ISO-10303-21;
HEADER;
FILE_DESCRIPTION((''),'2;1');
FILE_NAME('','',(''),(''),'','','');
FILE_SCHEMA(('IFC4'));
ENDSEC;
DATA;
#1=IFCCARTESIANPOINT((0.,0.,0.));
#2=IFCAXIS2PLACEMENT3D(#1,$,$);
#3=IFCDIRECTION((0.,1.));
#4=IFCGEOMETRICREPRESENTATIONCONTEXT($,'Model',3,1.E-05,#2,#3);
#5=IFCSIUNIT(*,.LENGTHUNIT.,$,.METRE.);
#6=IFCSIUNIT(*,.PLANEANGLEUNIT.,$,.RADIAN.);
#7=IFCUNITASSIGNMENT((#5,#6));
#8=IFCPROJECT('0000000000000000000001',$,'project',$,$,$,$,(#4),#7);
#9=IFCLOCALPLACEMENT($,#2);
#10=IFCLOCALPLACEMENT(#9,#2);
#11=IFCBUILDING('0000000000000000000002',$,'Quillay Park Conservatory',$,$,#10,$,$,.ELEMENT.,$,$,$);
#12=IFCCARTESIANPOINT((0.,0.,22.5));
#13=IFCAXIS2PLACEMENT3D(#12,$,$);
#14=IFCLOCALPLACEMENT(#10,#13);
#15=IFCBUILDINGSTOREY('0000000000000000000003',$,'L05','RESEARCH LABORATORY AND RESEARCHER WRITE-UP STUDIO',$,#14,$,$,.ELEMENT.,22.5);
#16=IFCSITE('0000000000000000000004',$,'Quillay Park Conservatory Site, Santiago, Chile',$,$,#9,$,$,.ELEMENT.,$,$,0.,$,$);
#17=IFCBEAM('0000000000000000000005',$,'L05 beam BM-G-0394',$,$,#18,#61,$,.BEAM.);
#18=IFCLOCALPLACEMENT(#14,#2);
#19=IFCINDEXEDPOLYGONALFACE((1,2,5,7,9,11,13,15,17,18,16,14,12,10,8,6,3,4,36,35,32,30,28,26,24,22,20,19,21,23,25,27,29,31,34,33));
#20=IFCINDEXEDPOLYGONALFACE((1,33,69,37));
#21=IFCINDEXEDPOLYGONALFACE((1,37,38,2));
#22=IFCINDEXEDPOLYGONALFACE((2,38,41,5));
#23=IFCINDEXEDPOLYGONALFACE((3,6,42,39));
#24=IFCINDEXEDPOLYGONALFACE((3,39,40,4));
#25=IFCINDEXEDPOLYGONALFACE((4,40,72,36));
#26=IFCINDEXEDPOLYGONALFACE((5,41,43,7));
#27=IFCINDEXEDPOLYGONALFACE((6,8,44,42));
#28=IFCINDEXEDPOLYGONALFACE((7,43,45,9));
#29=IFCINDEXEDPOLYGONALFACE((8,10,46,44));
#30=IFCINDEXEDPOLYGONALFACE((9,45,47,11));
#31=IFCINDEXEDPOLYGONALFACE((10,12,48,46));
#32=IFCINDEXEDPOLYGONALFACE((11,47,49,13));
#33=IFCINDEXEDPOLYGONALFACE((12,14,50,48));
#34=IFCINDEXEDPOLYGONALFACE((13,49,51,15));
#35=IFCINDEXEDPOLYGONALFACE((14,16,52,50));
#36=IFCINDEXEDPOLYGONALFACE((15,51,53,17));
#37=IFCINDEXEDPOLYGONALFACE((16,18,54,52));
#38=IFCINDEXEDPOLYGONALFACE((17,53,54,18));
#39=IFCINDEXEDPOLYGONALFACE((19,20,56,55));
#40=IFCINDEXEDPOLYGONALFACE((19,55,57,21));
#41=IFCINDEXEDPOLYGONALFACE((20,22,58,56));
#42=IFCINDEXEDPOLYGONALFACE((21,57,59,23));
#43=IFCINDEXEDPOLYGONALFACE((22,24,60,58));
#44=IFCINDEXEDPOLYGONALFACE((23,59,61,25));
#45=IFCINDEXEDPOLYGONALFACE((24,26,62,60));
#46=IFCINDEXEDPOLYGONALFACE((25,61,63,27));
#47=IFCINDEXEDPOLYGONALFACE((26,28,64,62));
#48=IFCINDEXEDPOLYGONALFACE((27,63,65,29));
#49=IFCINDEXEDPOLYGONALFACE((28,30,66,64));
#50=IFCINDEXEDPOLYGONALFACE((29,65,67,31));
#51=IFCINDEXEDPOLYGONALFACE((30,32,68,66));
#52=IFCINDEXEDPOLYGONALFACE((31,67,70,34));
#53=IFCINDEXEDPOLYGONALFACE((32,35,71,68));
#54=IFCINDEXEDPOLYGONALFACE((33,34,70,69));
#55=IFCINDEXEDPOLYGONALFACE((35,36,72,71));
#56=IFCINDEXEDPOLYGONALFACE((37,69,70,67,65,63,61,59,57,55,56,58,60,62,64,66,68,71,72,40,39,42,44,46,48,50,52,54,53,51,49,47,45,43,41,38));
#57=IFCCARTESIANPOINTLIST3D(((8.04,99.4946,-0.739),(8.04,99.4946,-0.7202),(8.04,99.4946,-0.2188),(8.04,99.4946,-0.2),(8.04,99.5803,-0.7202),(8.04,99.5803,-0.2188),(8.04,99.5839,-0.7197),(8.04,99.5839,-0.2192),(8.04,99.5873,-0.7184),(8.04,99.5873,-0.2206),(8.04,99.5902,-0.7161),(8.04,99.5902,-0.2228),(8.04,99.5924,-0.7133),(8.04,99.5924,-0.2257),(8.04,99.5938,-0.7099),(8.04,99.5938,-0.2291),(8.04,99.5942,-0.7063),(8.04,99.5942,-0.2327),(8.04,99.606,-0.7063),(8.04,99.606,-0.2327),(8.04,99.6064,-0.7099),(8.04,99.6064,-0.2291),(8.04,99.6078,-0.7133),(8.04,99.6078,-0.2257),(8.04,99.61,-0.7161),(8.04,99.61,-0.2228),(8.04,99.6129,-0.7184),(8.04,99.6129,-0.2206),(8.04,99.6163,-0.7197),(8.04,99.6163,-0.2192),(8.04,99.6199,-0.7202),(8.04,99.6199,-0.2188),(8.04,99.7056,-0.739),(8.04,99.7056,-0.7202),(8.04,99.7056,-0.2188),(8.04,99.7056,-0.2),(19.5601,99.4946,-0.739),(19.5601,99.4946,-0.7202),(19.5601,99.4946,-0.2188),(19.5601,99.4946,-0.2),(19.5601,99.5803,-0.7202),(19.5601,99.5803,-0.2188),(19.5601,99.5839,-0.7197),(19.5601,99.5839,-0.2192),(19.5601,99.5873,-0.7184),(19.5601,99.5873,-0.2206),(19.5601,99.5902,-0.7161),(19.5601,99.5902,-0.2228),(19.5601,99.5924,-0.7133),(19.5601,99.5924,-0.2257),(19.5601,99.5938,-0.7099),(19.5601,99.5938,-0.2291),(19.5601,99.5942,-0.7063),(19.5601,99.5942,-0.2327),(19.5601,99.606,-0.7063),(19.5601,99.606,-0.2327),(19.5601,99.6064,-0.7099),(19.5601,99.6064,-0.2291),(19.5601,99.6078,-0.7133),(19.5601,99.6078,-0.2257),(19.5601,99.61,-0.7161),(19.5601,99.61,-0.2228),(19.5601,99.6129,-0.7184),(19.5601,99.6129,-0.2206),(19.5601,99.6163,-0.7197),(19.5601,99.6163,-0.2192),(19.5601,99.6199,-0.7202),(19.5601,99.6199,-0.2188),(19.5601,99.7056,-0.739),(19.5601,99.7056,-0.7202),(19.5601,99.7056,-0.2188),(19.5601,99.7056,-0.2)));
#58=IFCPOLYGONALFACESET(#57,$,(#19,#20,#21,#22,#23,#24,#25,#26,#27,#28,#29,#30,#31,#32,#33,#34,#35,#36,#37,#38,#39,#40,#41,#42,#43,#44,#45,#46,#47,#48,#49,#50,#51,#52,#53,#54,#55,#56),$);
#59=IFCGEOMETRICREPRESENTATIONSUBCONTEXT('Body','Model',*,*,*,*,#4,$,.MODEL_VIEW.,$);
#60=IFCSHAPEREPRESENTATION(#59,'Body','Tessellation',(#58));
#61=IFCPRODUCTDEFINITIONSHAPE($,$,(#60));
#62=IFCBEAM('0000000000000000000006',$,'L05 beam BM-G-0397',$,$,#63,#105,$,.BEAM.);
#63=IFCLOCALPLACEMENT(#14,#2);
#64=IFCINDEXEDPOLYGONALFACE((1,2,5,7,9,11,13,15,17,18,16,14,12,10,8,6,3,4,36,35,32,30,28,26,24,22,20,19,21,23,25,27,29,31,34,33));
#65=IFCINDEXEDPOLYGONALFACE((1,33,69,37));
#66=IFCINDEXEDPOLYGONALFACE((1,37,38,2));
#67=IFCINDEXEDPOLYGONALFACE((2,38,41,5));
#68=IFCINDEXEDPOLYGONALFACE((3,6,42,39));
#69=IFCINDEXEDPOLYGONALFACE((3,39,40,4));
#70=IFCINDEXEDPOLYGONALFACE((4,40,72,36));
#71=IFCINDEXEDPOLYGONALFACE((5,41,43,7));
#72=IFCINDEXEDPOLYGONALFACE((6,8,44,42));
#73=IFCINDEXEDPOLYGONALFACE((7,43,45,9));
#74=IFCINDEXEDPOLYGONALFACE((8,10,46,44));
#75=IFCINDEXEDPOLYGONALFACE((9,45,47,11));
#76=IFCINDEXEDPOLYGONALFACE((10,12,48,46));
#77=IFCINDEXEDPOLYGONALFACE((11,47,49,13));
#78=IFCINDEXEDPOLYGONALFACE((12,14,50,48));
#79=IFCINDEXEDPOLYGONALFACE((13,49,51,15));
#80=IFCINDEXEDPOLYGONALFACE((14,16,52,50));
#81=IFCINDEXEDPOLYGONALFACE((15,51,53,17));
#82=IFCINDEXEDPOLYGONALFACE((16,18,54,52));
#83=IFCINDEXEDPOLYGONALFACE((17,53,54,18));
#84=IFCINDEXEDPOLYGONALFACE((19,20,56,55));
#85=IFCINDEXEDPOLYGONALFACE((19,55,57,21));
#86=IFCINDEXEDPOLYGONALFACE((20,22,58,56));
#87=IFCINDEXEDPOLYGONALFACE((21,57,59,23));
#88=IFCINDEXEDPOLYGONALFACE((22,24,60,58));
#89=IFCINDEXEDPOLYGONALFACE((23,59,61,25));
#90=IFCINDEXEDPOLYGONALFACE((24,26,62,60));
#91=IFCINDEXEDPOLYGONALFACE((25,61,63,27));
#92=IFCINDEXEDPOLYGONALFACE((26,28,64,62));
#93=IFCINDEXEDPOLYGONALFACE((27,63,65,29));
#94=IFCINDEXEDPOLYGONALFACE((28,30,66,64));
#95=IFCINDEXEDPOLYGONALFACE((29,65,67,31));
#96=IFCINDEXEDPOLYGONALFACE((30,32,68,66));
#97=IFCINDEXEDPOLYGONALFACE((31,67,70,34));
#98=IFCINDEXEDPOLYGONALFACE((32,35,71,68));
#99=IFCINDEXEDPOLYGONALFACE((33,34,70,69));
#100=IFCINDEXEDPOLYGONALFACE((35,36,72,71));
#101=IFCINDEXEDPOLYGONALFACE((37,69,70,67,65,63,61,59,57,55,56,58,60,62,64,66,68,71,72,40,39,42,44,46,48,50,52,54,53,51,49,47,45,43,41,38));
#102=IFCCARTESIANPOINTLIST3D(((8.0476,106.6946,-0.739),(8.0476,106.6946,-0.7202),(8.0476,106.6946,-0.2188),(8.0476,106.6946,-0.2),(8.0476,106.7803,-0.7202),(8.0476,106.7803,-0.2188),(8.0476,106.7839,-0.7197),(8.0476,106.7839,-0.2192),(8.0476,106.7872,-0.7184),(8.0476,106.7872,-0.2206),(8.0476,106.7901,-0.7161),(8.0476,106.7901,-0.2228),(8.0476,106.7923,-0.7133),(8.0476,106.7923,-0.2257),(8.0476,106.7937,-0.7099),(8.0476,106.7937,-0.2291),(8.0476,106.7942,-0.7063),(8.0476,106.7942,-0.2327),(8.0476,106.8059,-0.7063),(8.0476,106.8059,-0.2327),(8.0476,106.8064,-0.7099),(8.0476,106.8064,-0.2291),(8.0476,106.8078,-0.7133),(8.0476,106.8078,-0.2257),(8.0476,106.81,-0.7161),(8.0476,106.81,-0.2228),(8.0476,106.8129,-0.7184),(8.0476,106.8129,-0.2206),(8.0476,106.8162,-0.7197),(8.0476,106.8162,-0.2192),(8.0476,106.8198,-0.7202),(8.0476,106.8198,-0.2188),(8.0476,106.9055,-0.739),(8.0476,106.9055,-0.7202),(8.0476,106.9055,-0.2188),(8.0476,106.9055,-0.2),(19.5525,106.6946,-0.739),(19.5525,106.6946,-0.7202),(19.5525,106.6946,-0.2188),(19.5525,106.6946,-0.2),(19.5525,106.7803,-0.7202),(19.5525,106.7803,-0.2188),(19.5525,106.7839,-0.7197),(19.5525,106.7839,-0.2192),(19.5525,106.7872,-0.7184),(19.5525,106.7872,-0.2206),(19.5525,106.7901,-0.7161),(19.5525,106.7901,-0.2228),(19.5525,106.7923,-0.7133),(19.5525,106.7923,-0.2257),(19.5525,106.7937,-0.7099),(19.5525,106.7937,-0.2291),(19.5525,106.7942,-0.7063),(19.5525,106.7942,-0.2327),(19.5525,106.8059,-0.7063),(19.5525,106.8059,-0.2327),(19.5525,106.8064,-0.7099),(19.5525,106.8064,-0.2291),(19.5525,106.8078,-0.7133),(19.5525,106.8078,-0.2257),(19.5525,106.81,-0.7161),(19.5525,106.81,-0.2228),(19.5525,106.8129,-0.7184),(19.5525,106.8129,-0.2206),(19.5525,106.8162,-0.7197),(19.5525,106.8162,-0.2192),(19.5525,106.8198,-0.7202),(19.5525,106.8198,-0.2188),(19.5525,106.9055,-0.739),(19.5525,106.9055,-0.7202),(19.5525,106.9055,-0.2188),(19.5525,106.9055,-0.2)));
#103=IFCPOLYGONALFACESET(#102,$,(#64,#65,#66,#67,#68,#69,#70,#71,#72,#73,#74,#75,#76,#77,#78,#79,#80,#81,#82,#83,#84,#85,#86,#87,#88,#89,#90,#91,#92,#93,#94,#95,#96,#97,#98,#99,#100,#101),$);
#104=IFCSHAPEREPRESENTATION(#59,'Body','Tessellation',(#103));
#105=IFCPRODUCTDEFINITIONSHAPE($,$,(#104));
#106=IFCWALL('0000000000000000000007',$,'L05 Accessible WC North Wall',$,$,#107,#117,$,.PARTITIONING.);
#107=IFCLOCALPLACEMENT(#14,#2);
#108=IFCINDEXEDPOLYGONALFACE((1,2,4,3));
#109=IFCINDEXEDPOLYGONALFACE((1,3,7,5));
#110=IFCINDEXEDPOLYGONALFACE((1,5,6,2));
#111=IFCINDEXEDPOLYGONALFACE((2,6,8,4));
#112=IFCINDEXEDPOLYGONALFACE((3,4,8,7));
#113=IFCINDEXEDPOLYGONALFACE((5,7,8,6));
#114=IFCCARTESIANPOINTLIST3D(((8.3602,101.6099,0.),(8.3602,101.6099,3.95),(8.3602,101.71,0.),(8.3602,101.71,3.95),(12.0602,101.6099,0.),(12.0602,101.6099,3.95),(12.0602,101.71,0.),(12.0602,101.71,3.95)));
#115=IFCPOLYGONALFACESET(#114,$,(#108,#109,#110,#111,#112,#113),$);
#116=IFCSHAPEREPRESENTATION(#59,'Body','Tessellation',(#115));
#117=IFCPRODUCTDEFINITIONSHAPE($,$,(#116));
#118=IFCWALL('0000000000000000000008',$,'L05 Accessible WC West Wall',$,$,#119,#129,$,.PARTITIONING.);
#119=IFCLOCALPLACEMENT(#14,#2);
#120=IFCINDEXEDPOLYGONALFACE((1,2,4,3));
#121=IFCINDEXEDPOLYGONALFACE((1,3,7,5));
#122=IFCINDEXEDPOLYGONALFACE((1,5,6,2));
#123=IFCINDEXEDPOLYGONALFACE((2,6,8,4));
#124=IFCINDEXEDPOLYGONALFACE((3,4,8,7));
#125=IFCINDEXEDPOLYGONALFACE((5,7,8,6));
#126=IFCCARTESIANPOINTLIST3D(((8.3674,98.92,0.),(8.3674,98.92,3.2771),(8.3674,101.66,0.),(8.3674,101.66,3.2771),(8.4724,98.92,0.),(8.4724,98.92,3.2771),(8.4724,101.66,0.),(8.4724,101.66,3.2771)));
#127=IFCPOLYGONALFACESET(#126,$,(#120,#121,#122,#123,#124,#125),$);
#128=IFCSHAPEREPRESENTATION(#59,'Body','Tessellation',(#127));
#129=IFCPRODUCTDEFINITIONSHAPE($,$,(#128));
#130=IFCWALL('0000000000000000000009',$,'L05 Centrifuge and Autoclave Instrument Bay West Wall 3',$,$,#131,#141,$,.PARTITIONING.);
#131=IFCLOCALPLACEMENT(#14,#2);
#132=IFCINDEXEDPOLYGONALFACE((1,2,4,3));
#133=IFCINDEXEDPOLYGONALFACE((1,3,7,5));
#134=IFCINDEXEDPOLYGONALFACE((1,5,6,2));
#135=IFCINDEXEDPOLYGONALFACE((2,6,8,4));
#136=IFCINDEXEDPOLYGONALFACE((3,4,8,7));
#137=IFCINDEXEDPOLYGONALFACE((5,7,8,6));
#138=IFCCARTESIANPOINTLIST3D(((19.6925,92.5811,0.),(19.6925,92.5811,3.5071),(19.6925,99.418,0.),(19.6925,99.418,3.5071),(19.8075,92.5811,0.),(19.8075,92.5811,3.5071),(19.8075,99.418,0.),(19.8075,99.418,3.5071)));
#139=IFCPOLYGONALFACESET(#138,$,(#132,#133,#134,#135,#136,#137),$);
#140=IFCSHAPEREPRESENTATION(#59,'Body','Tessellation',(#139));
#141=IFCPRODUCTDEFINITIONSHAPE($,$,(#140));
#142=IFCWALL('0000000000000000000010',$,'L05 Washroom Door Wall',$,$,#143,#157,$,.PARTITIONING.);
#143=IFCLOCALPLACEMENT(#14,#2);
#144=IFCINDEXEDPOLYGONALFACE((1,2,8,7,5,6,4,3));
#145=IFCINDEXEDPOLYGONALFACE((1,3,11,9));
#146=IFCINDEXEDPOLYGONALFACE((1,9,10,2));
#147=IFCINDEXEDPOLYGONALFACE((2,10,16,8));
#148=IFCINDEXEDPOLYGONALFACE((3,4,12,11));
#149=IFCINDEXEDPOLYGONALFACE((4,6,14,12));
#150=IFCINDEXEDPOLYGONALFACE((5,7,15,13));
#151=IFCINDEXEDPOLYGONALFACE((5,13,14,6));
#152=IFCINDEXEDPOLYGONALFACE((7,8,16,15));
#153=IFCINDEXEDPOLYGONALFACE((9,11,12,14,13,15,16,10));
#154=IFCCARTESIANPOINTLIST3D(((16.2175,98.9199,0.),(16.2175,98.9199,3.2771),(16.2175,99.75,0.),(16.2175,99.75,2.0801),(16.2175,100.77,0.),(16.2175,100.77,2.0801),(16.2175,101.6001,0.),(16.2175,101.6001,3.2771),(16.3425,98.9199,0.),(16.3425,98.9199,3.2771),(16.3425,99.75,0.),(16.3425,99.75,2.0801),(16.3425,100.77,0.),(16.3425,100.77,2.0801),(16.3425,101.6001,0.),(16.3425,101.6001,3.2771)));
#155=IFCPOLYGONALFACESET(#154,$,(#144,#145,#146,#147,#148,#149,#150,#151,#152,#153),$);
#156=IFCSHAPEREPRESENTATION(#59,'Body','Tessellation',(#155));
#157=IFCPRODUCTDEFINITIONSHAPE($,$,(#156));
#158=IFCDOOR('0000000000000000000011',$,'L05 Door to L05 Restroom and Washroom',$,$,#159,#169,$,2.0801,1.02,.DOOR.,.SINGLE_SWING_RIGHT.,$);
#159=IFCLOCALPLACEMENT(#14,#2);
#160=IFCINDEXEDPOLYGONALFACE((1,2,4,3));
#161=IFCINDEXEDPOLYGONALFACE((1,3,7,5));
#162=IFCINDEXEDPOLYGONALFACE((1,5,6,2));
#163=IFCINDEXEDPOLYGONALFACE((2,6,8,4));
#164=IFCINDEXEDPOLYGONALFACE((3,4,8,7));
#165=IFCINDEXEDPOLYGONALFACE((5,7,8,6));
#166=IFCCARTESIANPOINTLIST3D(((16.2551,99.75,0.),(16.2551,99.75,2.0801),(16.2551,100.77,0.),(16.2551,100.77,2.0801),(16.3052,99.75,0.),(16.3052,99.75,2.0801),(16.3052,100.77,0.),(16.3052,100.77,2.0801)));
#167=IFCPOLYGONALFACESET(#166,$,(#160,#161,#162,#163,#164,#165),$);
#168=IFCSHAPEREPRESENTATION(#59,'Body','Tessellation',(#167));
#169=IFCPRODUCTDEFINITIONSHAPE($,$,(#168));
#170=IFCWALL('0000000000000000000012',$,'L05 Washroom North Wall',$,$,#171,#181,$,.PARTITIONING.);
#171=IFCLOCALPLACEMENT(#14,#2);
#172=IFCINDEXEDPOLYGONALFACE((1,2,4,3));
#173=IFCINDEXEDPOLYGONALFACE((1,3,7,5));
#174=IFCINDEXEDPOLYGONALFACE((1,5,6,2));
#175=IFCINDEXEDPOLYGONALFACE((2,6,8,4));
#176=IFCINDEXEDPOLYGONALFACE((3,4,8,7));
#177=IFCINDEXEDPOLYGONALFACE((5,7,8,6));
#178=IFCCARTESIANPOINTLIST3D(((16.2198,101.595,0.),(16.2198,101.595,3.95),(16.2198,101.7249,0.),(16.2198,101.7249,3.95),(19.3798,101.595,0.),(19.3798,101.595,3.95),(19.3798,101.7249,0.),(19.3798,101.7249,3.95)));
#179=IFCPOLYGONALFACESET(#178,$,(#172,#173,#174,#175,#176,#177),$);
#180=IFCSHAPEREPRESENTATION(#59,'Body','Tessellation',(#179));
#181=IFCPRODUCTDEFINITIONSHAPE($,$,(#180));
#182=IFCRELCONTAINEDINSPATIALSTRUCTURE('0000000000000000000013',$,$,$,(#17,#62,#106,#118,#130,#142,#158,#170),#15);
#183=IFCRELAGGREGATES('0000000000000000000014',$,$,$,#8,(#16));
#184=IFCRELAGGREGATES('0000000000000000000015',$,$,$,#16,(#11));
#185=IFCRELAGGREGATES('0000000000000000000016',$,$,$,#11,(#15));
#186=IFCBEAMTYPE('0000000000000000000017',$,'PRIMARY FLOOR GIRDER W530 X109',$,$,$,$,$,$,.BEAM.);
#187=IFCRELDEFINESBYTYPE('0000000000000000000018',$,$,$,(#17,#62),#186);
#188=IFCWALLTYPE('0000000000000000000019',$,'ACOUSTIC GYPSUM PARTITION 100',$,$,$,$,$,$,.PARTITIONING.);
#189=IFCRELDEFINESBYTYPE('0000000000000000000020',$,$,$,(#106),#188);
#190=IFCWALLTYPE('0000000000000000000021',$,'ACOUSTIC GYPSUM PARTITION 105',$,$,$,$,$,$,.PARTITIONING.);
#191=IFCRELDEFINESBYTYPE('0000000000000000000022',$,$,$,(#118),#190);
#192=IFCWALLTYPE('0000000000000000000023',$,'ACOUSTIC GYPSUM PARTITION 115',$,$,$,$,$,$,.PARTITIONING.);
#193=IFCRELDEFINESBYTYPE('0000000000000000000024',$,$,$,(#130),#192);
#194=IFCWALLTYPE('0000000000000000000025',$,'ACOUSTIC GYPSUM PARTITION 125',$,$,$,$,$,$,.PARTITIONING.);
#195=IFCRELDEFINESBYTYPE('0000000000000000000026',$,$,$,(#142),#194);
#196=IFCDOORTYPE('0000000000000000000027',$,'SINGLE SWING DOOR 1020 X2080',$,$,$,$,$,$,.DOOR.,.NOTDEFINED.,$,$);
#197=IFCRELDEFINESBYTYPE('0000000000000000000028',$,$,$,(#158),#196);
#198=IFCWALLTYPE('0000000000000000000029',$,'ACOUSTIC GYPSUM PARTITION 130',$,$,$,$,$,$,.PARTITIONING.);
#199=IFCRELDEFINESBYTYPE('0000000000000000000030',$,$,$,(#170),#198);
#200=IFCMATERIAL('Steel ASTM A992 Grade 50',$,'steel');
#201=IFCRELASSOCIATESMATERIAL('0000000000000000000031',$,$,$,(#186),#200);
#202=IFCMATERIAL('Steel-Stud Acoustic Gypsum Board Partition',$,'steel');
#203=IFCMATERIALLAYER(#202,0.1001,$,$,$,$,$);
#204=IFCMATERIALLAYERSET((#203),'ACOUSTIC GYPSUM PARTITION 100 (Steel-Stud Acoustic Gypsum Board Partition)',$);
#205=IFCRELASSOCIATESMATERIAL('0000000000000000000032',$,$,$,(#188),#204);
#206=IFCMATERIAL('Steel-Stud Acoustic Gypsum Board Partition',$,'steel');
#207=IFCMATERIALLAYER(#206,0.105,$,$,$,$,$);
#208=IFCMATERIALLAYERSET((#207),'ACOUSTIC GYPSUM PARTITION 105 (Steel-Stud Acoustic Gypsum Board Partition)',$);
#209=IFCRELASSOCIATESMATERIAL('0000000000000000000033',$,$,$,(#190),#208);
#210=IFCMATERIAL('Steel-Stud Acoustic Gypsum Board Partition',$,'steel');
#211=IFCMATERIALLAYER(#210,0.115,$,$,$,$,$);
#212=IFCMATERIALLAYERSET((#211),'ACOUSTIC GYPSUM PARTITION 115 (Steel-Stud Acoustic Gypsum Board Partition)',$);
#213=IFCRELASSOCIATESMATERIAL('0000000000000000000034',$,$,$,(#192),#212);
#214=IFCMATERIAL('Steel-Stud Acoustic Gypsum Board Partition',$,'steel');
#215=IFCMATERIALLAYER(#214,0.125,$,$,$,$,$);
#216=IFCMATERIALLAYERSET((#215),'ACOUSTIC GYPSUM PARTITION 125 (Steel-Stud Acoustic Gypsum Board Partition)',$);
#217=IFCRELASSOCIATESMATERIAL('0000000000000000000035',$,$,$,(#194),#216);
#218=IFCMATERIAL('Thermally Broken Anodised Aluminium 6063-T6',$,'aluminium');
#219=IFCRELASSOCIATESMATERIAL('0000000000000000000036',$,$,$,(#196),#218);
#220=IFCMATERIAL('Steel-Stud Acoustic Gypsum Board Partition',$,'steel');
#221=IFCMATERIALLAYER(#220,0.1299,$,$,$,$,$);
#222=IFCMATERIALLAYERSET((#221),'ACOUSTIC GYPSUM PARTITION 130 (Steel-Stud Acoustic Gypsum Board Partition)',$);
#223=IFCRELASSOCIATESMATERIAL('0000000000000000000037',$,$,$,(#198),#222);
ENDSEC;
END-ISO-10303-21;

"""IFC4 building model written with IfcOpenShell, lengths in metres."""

from ifc_helpers import new_model, si_unit, direction, frame, frame_2d, origin, origin_2d, place, context, subcontext, project, spatial, rectangle, i_section, extrude, material, layer, layer_set, material_profile, profile_set, type_object, element, fill, save


model = new_model("IFC4")

# Units and contexts
model_context = context("Model", 3, precision=1e-05, world=origin(), true_north=direction((0.0, 1.0)))
body_context = subcontext(model_context, "Body", "Model", "MODEL_VIEW")
ifc_project = project(units=[si_unit("LENGTHUNIT", "METRE"), si_unit("PLANEANGLEUNIT", "RADIAN")], contexts=[model_context])

# Site, building, storey
site_placement = place(None, origin())
site = spatial("IfcSite", under=ifc_project, at=site_placement, Name="Quillay Park Conservatory Site, Santiago, Chile", CompositionType="ELEMENT", RefElevation=0.0)
building_placement = place(site_placement, origin())
building = spatial("IfcBuilding", under=site, at=building_placement, Name="Quillay Park Conservatory", CompositionType="ELEMENT")
storey_placement = place(building_placement, frame((0.0, 0.0, 22.5)))
storey = spatial("IfcBuildingStorey", under=building, at=storey_placement, Name="L05", Description="RESEARCH LABORATORY AND RESEARCHER WRITE-UP STUDIO", CompositionType="ELEMENT", Elevation=22.5)

# Beams
ifc_material_1 = material(Name="Steel ASTM A992 Grade 50", Category="steel")
ifc_material_profile = material_profile(ifc_material_1, i_section(OverallWidth=0.2109, OverallDepth=0.5391, WebThickness=0.0117, FlangeThickness=0.0188, FilletRadius=0.0139, at=origin_2d()), Name="W530x109")
ifc_profile_set = profile_set([ifc_material_profile], Name="Steel ASTM A992 Grade 50")
beam_type = type_object("IfcBeamType", Name="PRIMARY FLOOR GIRDER W530 X109", PredefinedType="BEAM", material=ifc_profile_set)
beam_1_placement = place(storey_placement, frame((8.04, 99.6001, -0.4695), z_axis=(1.0, 0.0, 0.0), x_axis=(0.0, 1.0, 0.0)))
element("IfcBeam", 1, at=beam_1_placement, inside=storey, type_object=beam_type, Name="L05 beam BM-G-0394", PredefinedType="BEAM", context=body_context, shape_type="SweptSolid", body=[
    extrude(i_section(OverallWidth=0.2109, OverallDepth=0.5391, WebThickness=0.0117, FlangeThickness=0.0188, FilletRadius=0.0139, at=origin_2d()), origin(), (0.0, 0.0, 1.0), 11.52),
])
beam_2_placement = place(storey_placement, frame((8.0476, 106.8, -0.4695), z_axis=(1.0, 0.0, 0.0), x_axis=(0.0, 1.0, 0.0)))
element("IfcBeam", 2, at=beam_2_placement, inside=storey, type_object=beam_type, Name="L05 beam BM-G-0397", PredefinedType="BEAM", context=body_context, shape_type="SweptSolid", body=[
    extrude(i_section(OverallWidth=0.2109, OverallDepth=0.5391, WebThickness=0.0117, FlangeThickness=0.0188, FilletRadius=0.0139, at=origin_2d()), origin(), (0.0, 0.0, 1.0), 11.5049),
])

# Walls
ifc_material_2 = material(Name="Steel-Stud Acoustic Gypsum Board Partition", Category="steel")
ifc_layer_1 = layer(ifc_material_2, 0.1001)
ifc_layer_set_1 = layer_set([ifc_layer_1], Name="ACOUSTIC GYPSUM PARTITION 100 (Steel-Stud Acoustic Gypsum Board Partition)")
wall_type_1 = type_object("IfcWallType", Name="ACOUSTIC GYPSUM PARTITION 100", PredefinedType="PARTITIONING", material=ifc_layer_set_1)
wall_1_placement = place(storey_placement, frame((8.3601, 101.6599, 0.0), z_axis=(0.0, 0.0, 1.0), x_axis=(1.0, 0.0, 0.0)))
element("IfcWall", 3, at=wall_1_placement, inside=storey, type_object=wall_type_1, Name="L05 Accessible WC North Wall", PredefinedType="PARTITIONING", context=body_context, shape_type="SweptSolid", body=[
    extrude(rectangle(XDim=3.7, YDim=0.1001, at=frame_2d((1.8501, 0.0))), origin(), (0.0, 0.0, 1.0), 3.95),
])
ifc_material_3 = material(Name="Steel-Stud Acoustic Gypsum Board Partition", Category="steel")
ifc_layer_2 = layer(ifc_material_3, 0.105)
ifc_layer_set_2 = layer_set([ifc_layer_2], Name="ACOUSTIC GYPSUM PARTITION 105 (Steel-Stud Acoustic Gypsum Board Partition)")
wall_type_2 = type_object("IfcWallType", Name="ACOUSTIC GYPSUM PARTITION 105", PredefinedType="PARTITIONING", material=ifc_layer_set_2)
wall_2_placement = place(storey_placement, frame((8.4199, 98.9199, 0.0), z_axis=(0.0, 0.0, 1.0), x_axis=(0.0, 1.0, 0.0)))
element("IfcWall", 4, at=wall_2_placement, inside=storey, type_object=wall_type_2, Name="L05 Accessible WC West Wall", PredefinedType="PARTITIONING", context=body_context, shape_type="SweptSolid", body=[
    extrude(rectangle(XDim=2.74, YDim=0.105, at=frame_2d((1.3701, 0.0))), origin(), (0.0, 0.0, 1.0), 3.2771),
])
ifc_material_4 = material(Name="Steel-Stud Acoustic Gypsum Board Partition", Category="steel")
ifc_layer_3 = layer(ifc_material_4, 0.115)
ifc_layer_set_3 = layer_set([ifc_layer_3], Name="ACOUSTIC GYPSUM PARTITION 115 (Steel-Stud Acoustic Gypsum Board Partition)")
wall_type_3 = type_object("IfcWallType", Name="ACOUSTIC GYPSUM PARTITION 115", PredefinedType="PARTITIONING", material=ifc_layer_set_3)
wall_3_placement = place(storey_placement, frame((19.75, 92.5811, 0.0), z_axis=(0.0, 0.0, 1.0), x_axis=(0.0, 1.0, 0.0)))
element("IfcWall", 5, at=wall_3_placement, inside=storey, type_object=wall_type_3, Name="L05 Centrifuge and Autoclave Instrument Bay West Wall 3", PredefinedType="PARTITIONING", context=body_context, shape_type="SweptSolid", body=[
    extrude(rectangle(XDim=6.8369, YDim=0.115, at=frame_2d((3.4185, 0.0))), origin(), (0.0, 0.0, 1.0), 3.5071),
])

# Wall, opening, door
ifc_material_5 = material(Name="Steel-Stud Acoustic Gypsum Board Partition", Category="steel")
ifc_layer_4 = layer(ifc_material_5, 0.125)
ifc_layer_set_4 = layer_set([ifc_layer_4], Name="ACOUSTIC GYPSUM PARTITION 125 (Steel-Stud Acoustic Gypsum Board Partition)")
wall_type_4 = type_object("IfcWallType", Name="ACOUSTIC GYPSUM PARTITION 125", PredefinedType="PARTITIONING", material=ifc_layer_set_4)
wall_4_placement = place(storey_placement, frame((16.28, 98.9199, 0.0), z_axis=(0.0, 0.0, 1.0), x_axis=(0.0, 1.0, 0.0)))
wall_4 = element("IfcWall", 6, at=wall_4_placement, inside=storey, type_object=wall_type_4, Name="L05 Washroom Door Wall", PredefinedType="PARTITIONING", context=body_context, shape_type="SweptSolid", body=[
    extrude(rectangle(XDim=2.6802, YDim=0.125, at=frame_2d((1.3401, 0.0))), origin(), (0.0, 0.0, 1.0), 3.2771),
])
opening_1_placement = place(wall_4_placement, frame((0.8301, 0.0, 0.0)))
opening_1 = element("IfcOpeningElement", 7, at=opening_1_placement, cuts=wall_4, PredefinedType="OPENING", context=body_context, shape_type="SweptSolid", body=[
    extrude(rectangle(XDim=1.02, YDim=2.0801, at=frame_2d((0.51, 1.04))), frame((0.0, 0.0625, 0.0), z_axis=(0.0, -1.0, 0.0), x_axis=(1.0, 0.0, 0.0)), (0.0, 0.0, 1.0), 0.125),
])
ifc_material_6 = material(Name="Thermally Broken Anodised Aluminium 6063-T6", Category="aluminium")
door_type_1 = type_object("IfcDoorType", Name="SINGLE SWING DOOR 1020 X2080", OperationType="NOTDEFINED", PredefinedType="DOOR", material=ifc_material_6)
door_1_placement = place(opening_1_placement, origin())
door_1 = element("IfcDoor", 8, at=door_1_placement, inside=storey, type_object=door_type_1, Name="L05 Door to L05 Restroom and Washroom", OperationType="SINGLE_SWING_RIGHT", OverallHeight=2.0801, OverallWidth=1.02, PredefinedType="DOOR", context=body_context, shape_type="SweptSolid", body=[
    extrude(rectangle(XDim=1.02, YDim=2.0801, at=frame_2d((0.51, 1.04))), frame((0.0, 0.0249, 0.0), z_axis=(0.0, -1.0, 0.0), x_axis=(1.0, 0.0, 0.0)), (0.0, 0.0, 1.0), 0.05),
])
fill(opening_1, door_1)

# Wall
ifc_material_7 = material(Name="Steel-Stud Acoustic Gypsum Board Partition", Category="steel")
ifc_layer_5 = layer(ifc_material_7, 0.1299)
ifc_layer_set_5 = layer_set([ifc_layer_5], Name="ACOUSTIC GYPSUM PARTITION 130 (Steel-Stud Acoustic Gypsum Board Partition)")
wall_type_5 = type_object("IfcWallType", Name="ACOUSTIC GYPSUM PARTITION 130", PredefinedType="PARTITIONING", material=ifc_layer_set_5)
wall_5_placement = place(storey_placement, frame((19.3799, 101.6599, 0.0), z_axis=(0.0, 0.0, 1.0), x_axis=(-1.0, 0.0, 0.0)))
element("IfcWall", 9, at=wall_5_placement, inside=storey, type_object=wall_type_5, Name="L05 Washroom North Wall", PredefinedType="PARTITIONING", context=body_context, shape_type="SweptSolid", body=[
    extrude(rectangle(XDim=3.1599, YDim=0.1299, at=frame_2d((1.5801, 0.0))), origin(), (0.0, 0.0, 1.0), 3.95),
])

save(model, "model.ifc")
